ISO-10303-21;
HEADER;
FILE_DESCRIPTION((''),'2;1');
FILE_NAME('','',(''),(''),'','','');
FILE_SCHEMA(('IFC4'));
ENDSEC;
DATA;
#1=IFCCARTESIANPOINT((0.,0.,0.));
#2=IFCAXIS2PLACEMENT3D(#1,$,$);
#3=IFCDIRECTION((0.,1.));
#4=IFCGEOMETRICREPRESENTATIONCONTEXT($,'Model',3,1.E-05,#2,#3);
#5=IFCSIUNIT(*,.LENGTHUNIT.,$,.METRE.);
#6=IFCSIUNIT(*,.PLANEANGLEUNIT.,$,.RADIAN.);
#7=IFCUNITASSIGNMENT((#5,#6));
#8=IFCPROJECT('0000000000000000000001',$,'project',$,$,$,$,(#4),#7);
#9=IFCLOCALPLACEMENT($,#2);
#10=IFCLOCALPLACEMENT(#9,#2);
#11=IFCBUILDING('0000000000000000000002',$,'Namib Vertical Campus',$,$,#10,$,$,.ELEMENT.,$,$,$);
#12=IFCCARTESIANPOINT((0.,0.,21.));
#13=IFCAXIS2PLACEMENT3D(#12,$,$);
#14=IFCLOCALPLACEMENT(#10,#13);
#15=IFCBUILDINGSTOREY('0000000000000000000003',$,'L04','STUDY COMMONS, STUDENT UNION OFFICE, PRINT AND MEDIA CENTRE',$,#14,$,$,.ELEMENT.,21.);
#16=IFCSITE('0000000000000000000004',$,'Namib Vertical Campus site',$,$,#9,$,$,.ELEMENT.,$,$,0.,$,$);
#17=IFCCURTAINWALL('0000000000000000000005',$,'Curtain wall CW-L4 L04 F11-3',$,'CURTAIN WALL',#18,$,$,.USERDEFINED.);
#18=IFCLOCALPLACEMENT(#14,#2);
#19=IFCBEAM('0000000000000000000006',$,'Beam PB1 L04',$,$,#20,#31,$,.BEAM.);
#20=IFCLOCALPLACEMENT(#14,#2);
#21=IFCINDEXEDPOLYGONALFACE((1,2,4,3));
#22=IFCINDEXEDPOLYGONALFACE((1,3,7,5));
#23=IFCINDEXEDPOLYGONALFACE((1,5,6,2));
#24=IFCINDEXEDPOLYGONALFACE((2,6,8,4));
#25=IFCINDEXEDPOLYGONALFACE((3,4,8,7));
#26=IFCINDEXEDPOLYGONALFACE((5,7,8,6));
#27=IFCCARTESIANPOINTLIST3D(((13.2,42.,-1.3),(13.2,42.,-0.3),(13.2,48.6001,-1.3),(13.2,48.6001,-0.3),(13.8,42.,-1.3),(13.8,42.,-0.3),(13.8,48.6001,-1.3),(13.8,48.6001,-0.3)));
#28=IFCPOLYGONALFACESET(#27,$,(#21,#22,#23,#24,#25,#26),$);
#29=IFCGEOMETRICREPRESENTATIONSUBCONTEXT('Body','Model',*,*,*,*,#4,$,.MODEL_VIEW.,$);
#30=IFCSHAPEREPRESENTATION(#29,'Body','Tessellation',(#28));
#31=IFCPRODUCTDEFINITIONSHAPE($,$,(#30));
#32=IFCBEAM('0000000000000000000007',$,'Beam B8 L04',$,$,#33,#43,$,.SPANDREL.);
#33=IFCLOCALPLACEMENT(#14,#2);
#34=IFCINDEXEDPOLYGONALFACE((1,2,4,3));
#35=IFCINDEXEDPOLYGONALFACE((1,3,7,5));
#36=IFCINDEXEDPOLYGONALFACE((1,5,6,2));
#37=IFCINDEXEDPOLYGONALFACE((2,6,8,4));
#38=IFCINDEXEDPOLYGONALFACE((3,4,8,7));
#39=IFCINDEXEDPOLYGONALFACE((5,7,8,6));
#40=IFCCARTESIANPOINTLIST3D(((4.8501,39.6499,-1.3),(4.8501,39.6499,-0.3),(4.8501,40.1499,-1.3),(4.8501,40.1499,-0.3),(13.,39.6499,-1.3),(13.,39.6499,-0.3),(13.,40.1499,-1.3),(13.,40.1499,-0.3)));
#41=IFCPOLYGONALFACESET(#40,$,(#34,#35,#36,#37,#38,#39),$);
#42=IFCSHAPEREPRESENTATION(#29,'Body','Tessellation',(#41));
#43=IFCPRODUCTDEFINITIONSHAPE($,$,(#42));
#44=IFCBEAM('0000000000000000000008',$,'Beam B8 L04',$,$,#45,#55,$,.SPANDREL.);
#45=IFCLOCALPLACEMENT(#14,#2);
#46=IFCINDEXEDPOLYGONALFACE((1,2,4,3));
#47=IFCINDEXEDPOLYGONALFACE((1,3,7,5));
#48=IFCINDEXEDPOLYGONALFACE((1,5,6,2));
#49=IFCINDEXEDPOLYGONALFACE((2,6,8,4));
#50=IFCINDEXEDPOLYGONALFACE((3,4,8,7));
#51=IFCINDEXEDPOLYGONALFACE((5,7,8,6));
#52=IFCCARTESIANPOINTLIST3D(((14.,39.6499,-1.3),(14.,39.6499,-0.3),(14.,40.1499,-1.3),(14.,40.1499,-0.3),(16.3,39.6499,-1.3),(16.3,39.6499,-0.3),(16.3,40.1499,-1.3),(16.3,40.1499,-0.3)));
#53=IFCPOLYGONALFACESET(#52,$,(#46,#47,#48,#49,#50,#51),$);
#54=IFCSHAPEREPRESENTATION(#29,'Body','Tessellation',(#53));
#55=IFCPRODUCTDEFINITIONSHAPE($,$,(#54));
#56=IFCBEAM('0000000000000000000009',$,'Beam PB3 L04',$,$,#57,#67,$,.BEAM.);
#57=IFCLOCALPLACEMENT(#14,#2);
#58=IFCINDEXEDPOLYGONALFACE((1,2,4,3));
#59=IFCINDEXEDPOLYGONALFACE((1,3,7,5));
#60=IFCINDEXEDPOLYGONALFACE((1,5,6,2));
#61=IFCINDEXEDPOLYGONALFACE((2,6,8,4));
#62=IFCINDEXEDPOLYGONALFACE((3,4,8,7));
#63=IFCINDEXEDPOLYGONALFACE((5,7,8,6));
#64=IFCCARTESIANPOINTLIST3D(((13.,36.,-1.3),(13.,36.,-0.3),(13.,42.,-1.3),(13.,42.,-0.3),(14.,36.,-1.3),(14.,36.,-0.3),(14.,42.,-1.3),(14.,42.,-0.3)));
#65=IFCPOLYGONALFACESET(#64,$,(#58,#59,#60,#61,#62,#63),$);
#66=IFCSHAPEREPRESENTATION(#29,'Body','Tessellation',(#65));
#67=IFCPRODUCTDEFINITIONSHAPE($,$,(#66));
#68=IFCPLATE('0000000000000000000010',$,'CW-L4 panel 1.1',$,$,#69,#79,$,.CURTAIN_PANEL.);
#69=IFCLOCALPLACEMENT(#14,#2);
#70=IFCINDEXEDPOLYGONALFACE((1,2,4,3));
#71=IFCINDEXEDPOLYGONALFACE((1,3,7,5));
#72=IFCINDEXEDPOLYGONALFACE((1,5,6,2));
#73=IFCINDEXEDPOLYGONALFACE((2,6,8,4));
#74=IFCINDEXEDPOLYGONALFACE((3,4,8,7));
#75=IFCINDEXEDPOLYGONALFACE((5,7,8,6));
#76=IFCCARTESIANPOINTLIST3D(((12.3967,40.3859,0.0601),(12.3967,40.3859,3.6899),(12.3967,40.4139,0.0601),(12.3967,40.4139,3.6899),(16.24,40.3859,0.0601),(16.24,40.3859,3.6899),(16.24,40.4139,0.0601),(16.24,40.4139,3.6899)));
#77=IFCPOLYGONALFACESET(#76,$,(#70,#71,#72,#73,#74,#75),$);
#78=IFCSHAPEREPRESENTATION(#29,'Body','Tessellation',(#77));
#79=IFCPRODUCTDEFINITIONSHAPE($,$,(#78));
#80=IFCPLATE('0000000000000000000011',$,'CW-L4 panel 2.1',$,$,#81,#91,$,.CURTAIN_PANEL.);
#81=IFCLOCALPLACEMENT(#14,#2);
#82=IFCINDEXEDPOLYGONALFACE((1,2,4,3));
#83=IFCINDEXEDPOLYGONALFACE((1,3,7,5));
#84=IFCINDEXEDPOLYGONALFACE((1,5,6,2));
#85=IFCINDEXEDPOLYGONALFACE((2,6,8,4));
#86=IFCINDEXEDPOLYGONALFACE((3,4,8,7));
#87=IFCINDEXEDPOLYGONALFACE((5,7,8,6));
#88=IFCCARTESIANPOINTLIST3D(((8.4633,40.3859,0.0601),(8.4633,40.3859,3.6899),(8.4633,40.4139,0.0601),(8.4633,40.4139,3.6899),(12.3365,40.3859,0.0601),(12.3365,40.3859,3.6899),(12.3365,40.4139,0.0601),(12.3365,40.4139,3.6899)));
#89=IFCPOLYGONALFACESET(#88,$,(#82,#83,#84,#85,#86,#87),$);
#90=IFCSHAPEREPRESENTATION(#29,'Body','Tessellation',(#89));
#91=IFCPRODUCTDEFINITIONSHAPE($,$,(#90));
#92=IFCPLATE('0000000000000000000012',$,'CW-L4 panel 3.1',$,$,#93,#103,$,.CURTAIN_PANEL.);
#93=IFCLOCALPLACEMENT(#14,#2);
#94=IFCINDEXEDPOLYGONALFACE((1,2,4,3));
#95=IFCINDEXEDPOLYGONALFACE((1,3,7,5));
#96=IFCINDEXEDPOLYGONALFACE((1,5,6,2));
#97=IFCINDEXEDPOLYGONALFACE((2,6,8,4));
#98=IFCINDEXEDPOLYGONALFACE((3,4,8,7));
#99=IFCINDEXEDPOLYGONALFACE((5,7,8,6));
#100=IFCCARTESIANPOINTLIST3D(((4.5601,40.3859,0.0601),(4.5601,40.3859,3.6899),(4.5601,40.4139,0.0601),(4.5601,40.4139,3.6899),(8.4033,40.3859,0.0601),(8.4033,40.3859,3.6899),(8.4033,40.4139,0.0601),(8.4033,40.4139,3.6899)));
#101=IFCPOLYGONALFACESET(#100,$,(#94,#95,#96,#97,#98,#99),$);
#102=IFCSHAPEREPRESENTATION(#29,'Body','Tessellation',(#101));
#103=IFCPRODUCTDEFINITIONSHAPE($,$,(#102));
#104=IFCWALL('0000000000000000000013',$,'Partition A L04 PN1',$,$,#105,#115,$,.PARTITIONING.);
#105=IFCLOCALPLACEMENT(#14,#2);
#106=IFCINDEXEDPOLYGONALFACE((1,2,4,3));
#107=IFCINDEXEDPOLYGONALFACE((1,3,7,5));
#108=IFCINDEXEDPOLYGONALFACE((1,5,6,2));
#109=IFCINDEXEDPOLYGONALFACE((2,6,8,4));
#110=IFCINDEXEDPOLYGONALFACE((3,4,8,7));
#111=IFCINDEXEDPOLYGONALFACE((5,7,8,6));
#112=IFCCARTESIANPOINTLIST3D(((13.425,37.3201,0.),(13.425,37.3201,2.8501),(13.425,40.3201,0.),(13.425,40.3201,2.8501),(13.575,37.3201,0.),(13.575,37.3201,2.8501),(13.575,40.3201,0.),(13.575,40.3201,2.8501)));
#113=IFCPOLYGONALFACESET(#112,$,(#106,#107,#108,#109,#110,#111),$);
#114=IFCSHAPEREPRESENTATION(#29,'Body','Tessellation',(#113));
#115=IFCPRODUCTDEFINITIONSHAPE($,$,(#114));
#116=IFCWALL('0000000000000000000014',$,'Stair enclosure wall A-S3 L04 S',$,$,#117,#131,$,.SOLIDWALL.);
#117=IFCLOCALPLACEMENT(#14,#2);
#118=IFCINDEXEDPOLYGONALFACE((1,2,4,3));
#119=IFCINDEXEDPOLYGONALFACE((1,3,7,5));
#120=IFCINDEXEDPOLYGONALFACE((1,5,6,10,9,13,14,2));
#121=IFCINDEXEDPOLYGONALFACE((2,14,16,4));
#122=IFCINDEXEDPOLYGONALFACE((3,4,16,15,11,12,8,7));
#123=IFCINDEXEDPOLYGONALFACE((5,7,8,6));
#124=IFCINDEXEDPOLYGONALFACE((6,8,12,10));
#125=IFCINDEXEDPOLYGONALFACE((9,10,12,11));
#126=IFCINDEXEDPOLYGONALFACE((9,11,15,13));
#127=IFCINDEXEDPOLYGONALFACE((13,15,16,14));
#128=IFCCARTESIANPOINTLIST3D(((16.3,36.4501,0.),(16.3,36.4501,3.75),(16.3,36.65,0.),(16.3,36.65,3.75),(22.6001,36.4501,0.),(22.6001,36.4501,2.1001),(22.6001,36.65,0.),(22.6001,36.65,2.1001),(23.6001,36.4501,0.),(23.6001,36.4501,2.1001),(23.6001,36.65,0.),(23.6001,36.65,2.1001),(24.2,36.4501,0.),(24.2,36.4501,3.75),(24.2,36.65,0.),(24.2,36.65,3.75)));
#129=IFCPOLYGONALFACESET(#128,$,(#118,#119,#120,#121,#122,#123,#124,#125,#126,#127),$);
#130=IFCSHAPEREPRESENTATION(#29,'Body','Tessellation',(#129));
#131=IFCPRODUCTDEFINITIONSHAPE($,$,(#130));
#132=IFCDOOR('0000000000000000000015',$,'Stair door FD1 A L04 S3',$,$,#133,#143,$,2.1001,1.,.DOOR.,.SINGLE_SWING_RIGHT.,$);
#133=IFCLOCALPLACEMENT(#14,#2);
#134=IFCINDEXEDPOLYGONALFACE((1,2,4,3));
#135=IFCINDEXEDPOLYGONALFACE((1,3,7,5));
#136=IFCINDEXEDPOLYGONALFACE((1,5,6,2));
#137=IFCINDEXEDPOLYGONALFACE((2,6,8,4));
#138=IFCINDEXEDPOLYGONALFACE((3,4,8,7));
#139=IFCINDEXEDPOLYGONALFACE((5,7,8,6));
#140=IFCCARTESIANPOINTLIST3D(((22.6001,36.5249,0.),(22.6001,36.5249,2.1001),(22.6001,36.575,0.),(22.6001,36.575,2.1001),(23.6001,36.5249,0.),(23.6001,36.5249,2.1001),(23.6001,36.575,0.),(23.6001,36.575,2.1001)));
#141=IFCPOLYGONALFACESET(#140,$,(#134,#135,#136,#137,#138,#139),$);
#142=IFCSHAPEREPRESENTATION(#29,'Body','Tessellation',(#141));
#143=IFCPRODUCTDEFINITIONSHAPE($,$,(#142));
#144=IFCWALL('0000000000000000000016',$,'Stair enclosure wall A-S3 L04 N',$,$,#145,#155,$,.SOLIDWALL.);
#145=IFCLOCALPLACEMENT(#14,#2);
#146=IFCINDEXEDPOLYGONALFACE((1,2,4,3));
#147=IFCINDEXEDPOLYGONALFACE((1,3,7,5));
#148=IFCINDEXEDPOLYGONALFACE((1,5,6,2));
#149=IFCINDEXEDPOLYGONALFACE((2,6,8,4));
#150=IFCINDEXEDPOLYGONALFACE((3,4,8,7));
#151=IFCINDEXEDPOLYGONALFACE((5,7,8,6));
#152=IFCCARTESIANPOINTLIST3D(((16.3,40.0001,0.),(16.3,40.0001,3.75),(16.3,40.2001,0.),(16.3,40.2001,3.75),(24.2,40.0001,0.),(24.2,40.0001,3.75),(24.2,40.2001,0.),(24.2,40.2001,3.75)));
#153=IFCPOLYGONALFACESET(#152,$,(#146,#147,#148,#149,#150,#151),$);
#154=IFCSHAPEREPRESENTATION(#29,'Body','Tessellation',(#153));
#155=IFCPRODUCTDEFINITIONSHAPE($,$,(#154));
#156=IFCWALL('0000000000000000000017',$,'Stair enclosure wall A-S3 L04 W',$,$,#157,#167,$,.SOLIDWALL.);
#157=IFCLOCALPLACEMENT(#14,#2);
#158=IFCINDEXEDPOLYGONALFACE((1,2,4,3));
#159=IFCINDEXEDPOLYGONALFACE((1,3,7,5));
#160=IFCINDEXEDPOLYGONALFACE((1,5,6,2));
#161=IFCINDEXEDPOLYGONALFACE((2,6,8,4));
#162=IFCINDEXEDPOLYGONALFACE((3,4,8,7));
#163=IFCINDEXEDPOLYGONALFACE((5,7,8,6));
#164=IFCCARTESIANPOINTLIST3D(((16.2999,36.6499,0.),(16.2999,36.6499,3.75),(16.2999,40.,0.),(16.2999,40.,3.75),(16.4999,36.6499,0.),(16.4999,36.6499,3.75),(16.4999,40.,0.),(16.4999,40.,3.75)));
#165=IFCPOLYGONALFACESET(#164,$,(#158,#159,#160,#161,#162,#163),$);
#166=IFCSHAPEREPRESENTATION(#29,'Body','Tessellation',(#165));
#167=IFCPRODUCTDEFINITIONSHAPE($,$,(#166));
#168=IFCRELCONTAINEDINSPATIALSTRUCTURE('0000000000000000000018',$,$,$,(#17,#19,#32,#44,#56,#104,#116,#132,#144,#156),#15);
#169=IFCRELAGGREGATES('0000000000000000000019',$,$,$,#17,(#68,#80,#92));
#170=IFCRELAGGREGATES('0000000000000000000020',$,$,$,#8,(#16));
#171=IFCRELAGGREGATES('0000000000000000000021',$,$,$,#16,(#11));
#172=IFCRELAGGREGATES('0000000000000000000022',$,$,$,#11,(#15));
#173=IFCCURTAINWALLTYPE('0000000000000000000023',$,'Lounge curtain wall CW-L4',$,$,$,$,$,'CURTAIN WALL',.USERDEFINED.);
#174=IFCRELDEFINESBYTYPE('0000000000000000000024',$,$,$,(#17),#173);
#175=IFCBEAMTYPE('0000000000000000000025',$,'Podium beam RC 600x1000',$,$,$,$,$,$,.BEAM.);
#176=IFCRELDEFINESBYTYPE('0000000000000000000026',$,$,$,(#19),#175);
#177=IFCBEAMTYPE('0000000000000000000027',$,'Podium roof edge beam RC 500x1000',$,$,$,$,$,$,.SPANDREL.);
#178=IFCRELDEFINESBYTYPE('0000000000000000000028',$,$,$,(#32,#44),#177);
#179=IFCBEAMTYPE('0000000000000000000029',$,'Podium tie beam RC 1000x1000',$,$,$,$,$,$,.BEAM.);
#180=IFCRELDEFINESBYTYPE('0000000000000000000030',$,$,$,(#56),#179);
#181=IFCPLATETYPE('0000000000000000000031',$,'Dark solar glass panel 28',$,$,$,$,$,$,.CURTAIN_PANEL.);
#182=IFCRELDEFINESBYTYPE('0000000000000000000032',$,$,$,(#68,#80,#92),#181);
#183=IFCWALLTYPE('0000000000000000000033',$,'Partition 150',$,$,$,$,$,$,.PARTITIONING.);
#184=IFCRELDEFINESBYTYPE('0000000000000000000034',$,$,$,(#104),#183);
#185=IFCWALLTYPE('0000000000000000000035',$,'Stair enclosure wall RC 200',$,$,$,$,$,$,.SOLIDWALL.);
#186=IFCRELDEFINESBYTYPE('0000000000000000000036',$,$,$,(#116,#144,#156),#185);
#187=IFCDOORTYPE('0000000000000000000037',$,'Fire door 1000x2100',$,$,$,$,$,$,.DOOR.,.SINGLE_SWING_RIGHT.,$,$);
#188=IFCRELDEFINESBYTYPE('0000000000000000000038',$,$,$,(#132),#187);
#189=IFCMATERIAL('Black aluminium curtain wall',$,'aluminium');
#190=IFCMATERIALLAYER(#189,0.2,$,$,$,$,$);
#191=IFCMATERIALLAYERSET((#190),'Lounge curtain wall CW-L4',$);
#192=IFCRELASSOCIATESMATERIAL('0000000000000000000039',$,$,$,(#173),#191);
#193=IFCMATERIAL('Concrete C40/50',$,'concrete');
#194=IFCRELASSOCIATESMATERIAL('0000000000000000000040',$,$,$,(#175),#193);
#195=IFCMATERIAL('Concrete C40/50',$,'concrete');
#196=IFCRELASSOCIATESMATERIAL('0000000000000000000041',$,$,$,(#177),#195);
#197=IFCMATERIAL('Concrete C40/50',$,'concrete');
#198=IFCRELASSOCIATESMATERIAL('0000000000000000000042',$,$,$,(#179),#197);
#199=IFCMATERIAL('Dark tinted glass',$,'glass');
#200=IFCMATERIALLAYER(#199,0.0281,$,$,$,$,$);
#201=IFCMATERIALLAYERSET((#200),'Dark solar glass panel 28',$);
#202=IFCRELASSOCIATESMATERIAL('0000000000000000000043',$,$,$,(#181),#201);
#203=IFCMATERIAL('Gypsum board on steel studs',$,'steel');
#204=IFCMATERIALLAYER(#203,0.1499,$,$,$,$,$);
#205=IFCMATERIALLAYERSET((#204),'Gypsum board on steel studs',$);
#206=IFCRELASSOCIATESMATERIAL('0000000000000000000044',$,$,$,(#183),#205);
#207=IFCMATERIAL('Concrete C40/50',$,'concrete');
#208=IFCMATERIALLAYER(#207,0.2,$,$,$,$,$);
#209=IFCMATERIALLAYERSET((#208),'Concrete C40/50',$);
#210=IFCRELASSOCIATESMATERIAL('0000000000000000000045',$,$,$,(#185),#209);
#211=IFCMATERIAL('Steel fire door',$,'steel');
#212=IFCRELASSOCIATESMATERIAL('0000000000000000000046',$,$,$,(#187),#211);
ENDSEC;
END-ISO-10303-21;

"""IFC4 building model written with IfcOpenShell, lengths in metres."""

from ifc_helpers import new_model, si_unit, direction, frame, frame_2d, origin, origin_2d, place, context, subcontext, project, spatial, rectangle, extrude, material, layer, layer_set, material_profile, profile_set, type_object, element, fill, aggregate, save


model = new_model("IFC4")

# Units and contexts
model_context = context("Model", 3, precision=1e-05, world=origin(), true_north=direction((0.0, 1.0)))
body_context = subcontext(model_context, "Body", "Model", "MODEL_VIEW")
ifc_project = project(units=[si_unit("LENGTHUNIT", "METRE"), si_unit("PLANEANGLEUNIT", "RADIAN")], contexts=[model_context])

# Site, building, storey
site_placement = place(None, origin())
site = spatial("IfcSite", under=ifc_project, at=site_placement, Name="Namib Vertical Campus site", CompositionType="ELEMENT", RefElevation=0.0)
building_placement = place(site_placement, origin())
building = spatial("IfcBuilding", under=site, at=building_placement, Name="Namib Vertical Campus", CompositionType="ELEMENT")
storey_placement = place(building_placement, frame((0.0, 0.0, 21.0)))
storey = spatial("IfcBuildingStorey", under=building, at=storey_placement, Name="L04", Description="STUDY COMMONS, STUDENT UNION OFFICE, PRINT AND MEDIA CENTRE", CompositionType="ELEMENT", Elevation=21.0)

# Curtain wall
ifc_material_1 = material(Name="Black aluminium curtain wall", Category="aluminium")
ifc_layer_1 = layer(ifc_material_1, 0.2)
ifc_layer_set_1 = layer_set([ifc_layer_1], Name="Lounge curtain wall CW-L4")
curtain_wall_type = type_object("IfcCurtainWallType", Name="Lounge curtain wall CW-L4", ElementType="CURTAIN WALL", PredefinedType="USERDEFINED", material=ifc_layer_set_1)
curtain_wall_placement = place(storey_placement, origin())
curtain_wall = element("IfcCurtainWall", 1, at=curtain_wall_placement, inside=storey, type_object=curtain_wall_type, Name="Curtain wall CW-L4 L04 F11-3", ObjectType="CURTAIN WALL", PredefinedType="USERDEFINED")

# Beams
ifc_material_2 = material(Name="Concrete C40/50", Category="concrete")
ifc_material_profile_1 = material_profile(ifc_material_2, rectangle(XDim=0.6001, YDim=1.0, at=origin_2d()))
ifc_profile_set_1 = profile_set([ifc_material_profile_1], Name="Concrete C40/50")
beam_type_1 = type_object("IfcBeamType", Name="Podium beam RC 600x1000", PredefinedType="BEAM", material=ifc_profile_set_1)
beam_1_placement = place(storey_placement, frame((13.5, 42.0, -0.8), z_axis=(0.0, 1.0, 0.0), x_axis=(-1.0, 0.0, 0.0)))
element("IfcBeam", 2, at=beam_1_placement, inside=storey, type_object=beam_type_1, Name="Beam PB1 L04", PredefinedType="BEAM", context=body_context, shape_type="SweptSolid", body=[
    extrude(rectangle(XDim=0.6001, YDim=1.0, at=origin_2d()), origin(), (0.0, 0.0, 1.0), 6.6001),
])
ifc_material_3 = material(Name="Concrete C40/50", Category="concrete")
ifc_material_profile_2 = material_profile(ifc_material_3, rectangle(XDim=0.5, YDim=1.0, at=origin_2d()))
ifc_profile_set_2 = profile_set([ifc_material_profile_2], Name="Concrete C40/50")
beam_type_2 = type_object("IfcBeamType", Name="Podium roof edge beam RC 500x1000", PredefinedType="SPANDREL", material=ifc_profile_set_2)
beam_2_placement = place(storey_placement, frame((4.8501, 39.8999, -0.8), z_axis=(1.0, 0.0, 0.0), x_axis=(0.0, 1.0, 0.0)))
element("IfcBeam", 3, at=beam_2_placement, inside=storey, type_object=beam_type_2, Name="Beam B8 L04", PredefinedType="SPANDREL", context=body_context, shape_type="SweptSolid", body=[
    extrude(rectangle(XDim=0.5, YDim=1.0, at=origin_2d()), origin(), (0.0, 0.0, 1.0), 8.1499),
])
beam_3_placement = place(storey_placement, frame((14.0, 39.8999, -0.8), z_axis=(1.0, 0.0, 0.0), x_axis=(0.0, 1.0, 0.0)))
element("IfcBeam", 4, at=beam_3_placement, inside=storey, type_object=beam_type_2, Name="Beam B8 L04", PredefinedType="SPANDREL", context=body_context, shape_type="SweptSolid", body=[
    extrude(rectangle(XDim=0.5, YDim=1.0, at=origin_2d()), origin(), (0.0, 0.0, 1.0), 2.3),
])
ifc_material_4 = material(Name="Concrete C40/50", Category="concrete")
ifc_material_profile_3 = material_profile(ifc_material_4, rectangle(XDim=1.0, YDim=1.0, at=origin_2d()))
ifc_profile_set_3 = profile_set([ifc_material_profile_3], Name="Concrete C40/50")
beam_type_3 = type_object("IfcBeamType", Name="Podium tie beam RC 1000x1000", PredefinedType="BEAM", material=ifc_profile_set_3)
beam_4_placement = place(storey_placement, frame((13.5, 36.0, -0.8), z_axis=(0.0, 1.0, 0.0), x_axis=(-1.0, 0.0, 0.0)))
element("IfcBeam", 5, at=beam_4_placement, inside=storey, type_object=beam_type_3, Name="Beam PB3 L04", PredefinedType="BEAM", context=body_context, shape_type="SweptSolid", body=[
    extrude(rectangle(XDim=1.0, YDim=1.0, at=origin_2d()), origin(), (0.0, 0.0, 1.0), 6.0),
])

# Plates
ifc_material_5 = material(Name="Dark tinted glass", Category="glass")
ifc_layer_2 = layer(ifc_material_5, 0.0281)
ifc_layer_set_2 = layer_set([ifc_layer_2], Name="Dark solar glass panel 28")
plate_type = type_object("IfcPlateType", Name="Dark solar glass panel 28", PredefinedType="CURTAIN_PANEL", material=ifc_layer_set_2)
plate_1_placement = place(storey_placement, frame((14.3184, 40.3999, 0.0601), z_axis=(0.0, 0.0, 1.0), x_axis=(-1.0, 0.0, 0.0)))
plate_1 = element("IfcPlate", 6, at=plate_1_placement, type_object=plate_type, Name="CW-L4 panel 1.1", PredefinedType="CURTAIN_PANEL", context=body_context, shape_type="SweptSolid", body=[
    extrude(rectangle(XDim=3.8433, YDim=0.0281, at=origin_2d()), origin(), (0.0, 0.0, 1.0), 3.6299),
])
plate_2_placement = place(storey_placement, frame((10.3999, 40.3999, 0.0601), z_axis=(0.0, 0.0, 1.0), x_axis=(-1.0, 0.0, 0.0)))
plate_2 = element("IfcPlate", 7, at=plate_2_placement, type_object=plate_type, Name="CW-L4 panel 2.1", PredefinedType="CURTAIN_PANEL", context=body_context, shape_type="SweptSolid", body=[
    extrude(rectangle(XDim=3.8733, YDim=0.0281, at=origin_2d()), origin(), (0.0, 0.0, 1.0), 3.6299),
])
plate_3_placement = place(storey_placement, frame((6.4817, 40.3999, 0.0601), z_axis=(0.0, 0.0, 1.0), x_axis=(-1.0, 0.0, 0.0)))
plate_3 = element("IfcPlate", 8, at=plate_3_placement, type_object=plate_type, Name="CW-L4 panel 3.1", PredefinedType="CURTAIN_PANEL", context=body_context, shape_type="SweptSolid", body=[
    extrude(rectangle(XDim=3.8433, YDim=0.0281, at=origin_2d()), origin(), (0.0, 0.0, 1.0), 3.6299),
])
aggregate(curtain_wall, [plate_1, plate_2, plate_3])

# Wall
ifc_material_6 = material(Name="Gypsum board on steel studs", Category="steel")
ifc_layer_3 = layer(ifc_material_6, 0.1499)
ifc_layer_set_3 = layer_set([ifc_layer_3], Name="Gypsum board on steel studs")
wall_type_1 = type_object("IfcWallType", Name="Partition 150", PredefinedType="PARTITIONING", material=ifc_layer_set_3)
wall_1_placement = place(storey_placement, frame((13.5, 37.3201, 0.0), z_axis=(0.0, 0.0, 1.0), x_axis=(0.0, 1.0, 0.0)))
element("IfcWall", 9, at=wall_1_placement, inside=storey, type_object=wall_type_1, Name="Partition A L04 PN1", PredefinedType="PARTITIONING", context=body_context, shape_type="SweptSolid", body=[
    extrude(rectangle(XDim=3.0, YDim=0.1499, at=frame_2d((1.5, 0.0))), origin(), (0.0, 0.0, 1.0), 2.8501),
])

# Wall, opening, door
ifc_material_7 = material(Name="Concrete C40/50", Category="concrete")
ifc_layer_4 = layer(ifc_material_7, 0.2)
ifc_layer_set_4 = layer_set([ifc_layer_4], Name="Concrete C40/50")
wall_type_2 = type_object("IfcWallType", Name="Stair enclosure wall RC 200", PredefinedType="SOLIDWALL", material=ifc_layer_set_4)
wall_2_placement = place(storey_placement, frame((16.3, 36.55, 0.0), z_axis=(0.0, 0.0, 1.0), x_axis=(1.0, 0.0, 0.0)))
wall_2 = element("IfcWall", 10, at=wall_2_placement, inside=storey, type_object=wall_type_2, Name="Stair enclosure wall A-S3 L04 S", PredefinedType="SOLIDWALL", context=body_context, shape_type="SweptSolid", body=[
    extrude(rectangle(XDim=7.8999, YDim=0.2, at=frame_2d((3.95, 0.0))), origin(), (0.0, 0.0, 1.0), 3.75),
])
opening_placement = place(wall_2_placement, frame((6.3, 0.0, 0.0)))
opening = element("IfcOpeningElement", 11, at=opening_placement, cuts=wall_2, PredefinedType="OPENING", context=body_context, shape_type="SweptSolid", body=[
    extrude(rectangle(XDim=1.0, YDim=2.1001, at=frame_2d((0.5, 1.05))), frame((0.0, 0.1099, 0.0), z_axis=(0.0, -1.0, 0.0), x_axis=(1.0, 0.0, 0.0)), (0.0, 0.0, 1.0), 0.22),
])
ifc_material_8 = material(Name="Steel fire door", Category="steel")
door_type = type_object("IfcDoorType", Name="Fire door 1000x2100", OperationType="SINGLE_SWING_RIGHT", PredefinedType="DOOR", material=ifc_material_8)
door_placement = place(opening_placement, origin())
door = element("IfcDoor", 12, at=door_placement, inside=storey, type_object=door_type, Name="Stair door FD1 A L04 S3", OperationType="SINGLE_SWING_RIGHT", OverallHeight=2.1001, OverallWidth=1.0, PredefinedType="DOOR", context=body_context, shape_type="SweptSolid", body=[
    extrude(rectangle(XDim=1.0, YDim=2.1001, at=frame_2d((0.5, 1.05))), frame((0.0, 0.0249, 0.0), z_axis=(0.0, -1.0, 0.0), x_axis=(1.0, 0.0, 0.0)), (0.0, 0.0, 1.0), 0.05),
])
fill(opening, door)

# Walls
wall_3_placement = place(storey_placement, frame((16.3, 40.1001, 0.0), z_axis=(0.0, 0.0, 1.0), x_axis=(1.0, 0.0, 0.0)))
element("IfcWall", 13, at=wall_3_placement, inside=storey, type_object=wall_type_2, Name="Stair enclosure wall A-S3 L04 N", PredefinedType="SOLIDWALL", context=body_context, shape_type="SweptSolid", body=[
    extrude(rectangle(XDim=7.8999, YDim=0.2, at=frame_2d((3.95, 0.0))), origin(), (0.0, 0.0, 1.0), 3.75),
])
wall_4_placement = place(storey_placement, frame((16.3999, 36.6499, 0.0), z_axis=(0.0, 0.0, 1.0), x_axis=(0.0, 1.0, 0.0)))
element("IfcWall", 14, at=wall_4_placement, inside=storey, type_object=wall_type_2, Name="Stair enclosure wall A-S3 L04 W", PredefinedType="SOLIDWALL", context=body_context, shape_type="SweptSolid", body=[
    extrude(rectangle(XDim=3.3501, YDim=0.2, at=frame_2d((1.675, 0.0))), origin(), (0.0, 0.0, 1.0), 3.75),
])

save(model, "model.ifc")
